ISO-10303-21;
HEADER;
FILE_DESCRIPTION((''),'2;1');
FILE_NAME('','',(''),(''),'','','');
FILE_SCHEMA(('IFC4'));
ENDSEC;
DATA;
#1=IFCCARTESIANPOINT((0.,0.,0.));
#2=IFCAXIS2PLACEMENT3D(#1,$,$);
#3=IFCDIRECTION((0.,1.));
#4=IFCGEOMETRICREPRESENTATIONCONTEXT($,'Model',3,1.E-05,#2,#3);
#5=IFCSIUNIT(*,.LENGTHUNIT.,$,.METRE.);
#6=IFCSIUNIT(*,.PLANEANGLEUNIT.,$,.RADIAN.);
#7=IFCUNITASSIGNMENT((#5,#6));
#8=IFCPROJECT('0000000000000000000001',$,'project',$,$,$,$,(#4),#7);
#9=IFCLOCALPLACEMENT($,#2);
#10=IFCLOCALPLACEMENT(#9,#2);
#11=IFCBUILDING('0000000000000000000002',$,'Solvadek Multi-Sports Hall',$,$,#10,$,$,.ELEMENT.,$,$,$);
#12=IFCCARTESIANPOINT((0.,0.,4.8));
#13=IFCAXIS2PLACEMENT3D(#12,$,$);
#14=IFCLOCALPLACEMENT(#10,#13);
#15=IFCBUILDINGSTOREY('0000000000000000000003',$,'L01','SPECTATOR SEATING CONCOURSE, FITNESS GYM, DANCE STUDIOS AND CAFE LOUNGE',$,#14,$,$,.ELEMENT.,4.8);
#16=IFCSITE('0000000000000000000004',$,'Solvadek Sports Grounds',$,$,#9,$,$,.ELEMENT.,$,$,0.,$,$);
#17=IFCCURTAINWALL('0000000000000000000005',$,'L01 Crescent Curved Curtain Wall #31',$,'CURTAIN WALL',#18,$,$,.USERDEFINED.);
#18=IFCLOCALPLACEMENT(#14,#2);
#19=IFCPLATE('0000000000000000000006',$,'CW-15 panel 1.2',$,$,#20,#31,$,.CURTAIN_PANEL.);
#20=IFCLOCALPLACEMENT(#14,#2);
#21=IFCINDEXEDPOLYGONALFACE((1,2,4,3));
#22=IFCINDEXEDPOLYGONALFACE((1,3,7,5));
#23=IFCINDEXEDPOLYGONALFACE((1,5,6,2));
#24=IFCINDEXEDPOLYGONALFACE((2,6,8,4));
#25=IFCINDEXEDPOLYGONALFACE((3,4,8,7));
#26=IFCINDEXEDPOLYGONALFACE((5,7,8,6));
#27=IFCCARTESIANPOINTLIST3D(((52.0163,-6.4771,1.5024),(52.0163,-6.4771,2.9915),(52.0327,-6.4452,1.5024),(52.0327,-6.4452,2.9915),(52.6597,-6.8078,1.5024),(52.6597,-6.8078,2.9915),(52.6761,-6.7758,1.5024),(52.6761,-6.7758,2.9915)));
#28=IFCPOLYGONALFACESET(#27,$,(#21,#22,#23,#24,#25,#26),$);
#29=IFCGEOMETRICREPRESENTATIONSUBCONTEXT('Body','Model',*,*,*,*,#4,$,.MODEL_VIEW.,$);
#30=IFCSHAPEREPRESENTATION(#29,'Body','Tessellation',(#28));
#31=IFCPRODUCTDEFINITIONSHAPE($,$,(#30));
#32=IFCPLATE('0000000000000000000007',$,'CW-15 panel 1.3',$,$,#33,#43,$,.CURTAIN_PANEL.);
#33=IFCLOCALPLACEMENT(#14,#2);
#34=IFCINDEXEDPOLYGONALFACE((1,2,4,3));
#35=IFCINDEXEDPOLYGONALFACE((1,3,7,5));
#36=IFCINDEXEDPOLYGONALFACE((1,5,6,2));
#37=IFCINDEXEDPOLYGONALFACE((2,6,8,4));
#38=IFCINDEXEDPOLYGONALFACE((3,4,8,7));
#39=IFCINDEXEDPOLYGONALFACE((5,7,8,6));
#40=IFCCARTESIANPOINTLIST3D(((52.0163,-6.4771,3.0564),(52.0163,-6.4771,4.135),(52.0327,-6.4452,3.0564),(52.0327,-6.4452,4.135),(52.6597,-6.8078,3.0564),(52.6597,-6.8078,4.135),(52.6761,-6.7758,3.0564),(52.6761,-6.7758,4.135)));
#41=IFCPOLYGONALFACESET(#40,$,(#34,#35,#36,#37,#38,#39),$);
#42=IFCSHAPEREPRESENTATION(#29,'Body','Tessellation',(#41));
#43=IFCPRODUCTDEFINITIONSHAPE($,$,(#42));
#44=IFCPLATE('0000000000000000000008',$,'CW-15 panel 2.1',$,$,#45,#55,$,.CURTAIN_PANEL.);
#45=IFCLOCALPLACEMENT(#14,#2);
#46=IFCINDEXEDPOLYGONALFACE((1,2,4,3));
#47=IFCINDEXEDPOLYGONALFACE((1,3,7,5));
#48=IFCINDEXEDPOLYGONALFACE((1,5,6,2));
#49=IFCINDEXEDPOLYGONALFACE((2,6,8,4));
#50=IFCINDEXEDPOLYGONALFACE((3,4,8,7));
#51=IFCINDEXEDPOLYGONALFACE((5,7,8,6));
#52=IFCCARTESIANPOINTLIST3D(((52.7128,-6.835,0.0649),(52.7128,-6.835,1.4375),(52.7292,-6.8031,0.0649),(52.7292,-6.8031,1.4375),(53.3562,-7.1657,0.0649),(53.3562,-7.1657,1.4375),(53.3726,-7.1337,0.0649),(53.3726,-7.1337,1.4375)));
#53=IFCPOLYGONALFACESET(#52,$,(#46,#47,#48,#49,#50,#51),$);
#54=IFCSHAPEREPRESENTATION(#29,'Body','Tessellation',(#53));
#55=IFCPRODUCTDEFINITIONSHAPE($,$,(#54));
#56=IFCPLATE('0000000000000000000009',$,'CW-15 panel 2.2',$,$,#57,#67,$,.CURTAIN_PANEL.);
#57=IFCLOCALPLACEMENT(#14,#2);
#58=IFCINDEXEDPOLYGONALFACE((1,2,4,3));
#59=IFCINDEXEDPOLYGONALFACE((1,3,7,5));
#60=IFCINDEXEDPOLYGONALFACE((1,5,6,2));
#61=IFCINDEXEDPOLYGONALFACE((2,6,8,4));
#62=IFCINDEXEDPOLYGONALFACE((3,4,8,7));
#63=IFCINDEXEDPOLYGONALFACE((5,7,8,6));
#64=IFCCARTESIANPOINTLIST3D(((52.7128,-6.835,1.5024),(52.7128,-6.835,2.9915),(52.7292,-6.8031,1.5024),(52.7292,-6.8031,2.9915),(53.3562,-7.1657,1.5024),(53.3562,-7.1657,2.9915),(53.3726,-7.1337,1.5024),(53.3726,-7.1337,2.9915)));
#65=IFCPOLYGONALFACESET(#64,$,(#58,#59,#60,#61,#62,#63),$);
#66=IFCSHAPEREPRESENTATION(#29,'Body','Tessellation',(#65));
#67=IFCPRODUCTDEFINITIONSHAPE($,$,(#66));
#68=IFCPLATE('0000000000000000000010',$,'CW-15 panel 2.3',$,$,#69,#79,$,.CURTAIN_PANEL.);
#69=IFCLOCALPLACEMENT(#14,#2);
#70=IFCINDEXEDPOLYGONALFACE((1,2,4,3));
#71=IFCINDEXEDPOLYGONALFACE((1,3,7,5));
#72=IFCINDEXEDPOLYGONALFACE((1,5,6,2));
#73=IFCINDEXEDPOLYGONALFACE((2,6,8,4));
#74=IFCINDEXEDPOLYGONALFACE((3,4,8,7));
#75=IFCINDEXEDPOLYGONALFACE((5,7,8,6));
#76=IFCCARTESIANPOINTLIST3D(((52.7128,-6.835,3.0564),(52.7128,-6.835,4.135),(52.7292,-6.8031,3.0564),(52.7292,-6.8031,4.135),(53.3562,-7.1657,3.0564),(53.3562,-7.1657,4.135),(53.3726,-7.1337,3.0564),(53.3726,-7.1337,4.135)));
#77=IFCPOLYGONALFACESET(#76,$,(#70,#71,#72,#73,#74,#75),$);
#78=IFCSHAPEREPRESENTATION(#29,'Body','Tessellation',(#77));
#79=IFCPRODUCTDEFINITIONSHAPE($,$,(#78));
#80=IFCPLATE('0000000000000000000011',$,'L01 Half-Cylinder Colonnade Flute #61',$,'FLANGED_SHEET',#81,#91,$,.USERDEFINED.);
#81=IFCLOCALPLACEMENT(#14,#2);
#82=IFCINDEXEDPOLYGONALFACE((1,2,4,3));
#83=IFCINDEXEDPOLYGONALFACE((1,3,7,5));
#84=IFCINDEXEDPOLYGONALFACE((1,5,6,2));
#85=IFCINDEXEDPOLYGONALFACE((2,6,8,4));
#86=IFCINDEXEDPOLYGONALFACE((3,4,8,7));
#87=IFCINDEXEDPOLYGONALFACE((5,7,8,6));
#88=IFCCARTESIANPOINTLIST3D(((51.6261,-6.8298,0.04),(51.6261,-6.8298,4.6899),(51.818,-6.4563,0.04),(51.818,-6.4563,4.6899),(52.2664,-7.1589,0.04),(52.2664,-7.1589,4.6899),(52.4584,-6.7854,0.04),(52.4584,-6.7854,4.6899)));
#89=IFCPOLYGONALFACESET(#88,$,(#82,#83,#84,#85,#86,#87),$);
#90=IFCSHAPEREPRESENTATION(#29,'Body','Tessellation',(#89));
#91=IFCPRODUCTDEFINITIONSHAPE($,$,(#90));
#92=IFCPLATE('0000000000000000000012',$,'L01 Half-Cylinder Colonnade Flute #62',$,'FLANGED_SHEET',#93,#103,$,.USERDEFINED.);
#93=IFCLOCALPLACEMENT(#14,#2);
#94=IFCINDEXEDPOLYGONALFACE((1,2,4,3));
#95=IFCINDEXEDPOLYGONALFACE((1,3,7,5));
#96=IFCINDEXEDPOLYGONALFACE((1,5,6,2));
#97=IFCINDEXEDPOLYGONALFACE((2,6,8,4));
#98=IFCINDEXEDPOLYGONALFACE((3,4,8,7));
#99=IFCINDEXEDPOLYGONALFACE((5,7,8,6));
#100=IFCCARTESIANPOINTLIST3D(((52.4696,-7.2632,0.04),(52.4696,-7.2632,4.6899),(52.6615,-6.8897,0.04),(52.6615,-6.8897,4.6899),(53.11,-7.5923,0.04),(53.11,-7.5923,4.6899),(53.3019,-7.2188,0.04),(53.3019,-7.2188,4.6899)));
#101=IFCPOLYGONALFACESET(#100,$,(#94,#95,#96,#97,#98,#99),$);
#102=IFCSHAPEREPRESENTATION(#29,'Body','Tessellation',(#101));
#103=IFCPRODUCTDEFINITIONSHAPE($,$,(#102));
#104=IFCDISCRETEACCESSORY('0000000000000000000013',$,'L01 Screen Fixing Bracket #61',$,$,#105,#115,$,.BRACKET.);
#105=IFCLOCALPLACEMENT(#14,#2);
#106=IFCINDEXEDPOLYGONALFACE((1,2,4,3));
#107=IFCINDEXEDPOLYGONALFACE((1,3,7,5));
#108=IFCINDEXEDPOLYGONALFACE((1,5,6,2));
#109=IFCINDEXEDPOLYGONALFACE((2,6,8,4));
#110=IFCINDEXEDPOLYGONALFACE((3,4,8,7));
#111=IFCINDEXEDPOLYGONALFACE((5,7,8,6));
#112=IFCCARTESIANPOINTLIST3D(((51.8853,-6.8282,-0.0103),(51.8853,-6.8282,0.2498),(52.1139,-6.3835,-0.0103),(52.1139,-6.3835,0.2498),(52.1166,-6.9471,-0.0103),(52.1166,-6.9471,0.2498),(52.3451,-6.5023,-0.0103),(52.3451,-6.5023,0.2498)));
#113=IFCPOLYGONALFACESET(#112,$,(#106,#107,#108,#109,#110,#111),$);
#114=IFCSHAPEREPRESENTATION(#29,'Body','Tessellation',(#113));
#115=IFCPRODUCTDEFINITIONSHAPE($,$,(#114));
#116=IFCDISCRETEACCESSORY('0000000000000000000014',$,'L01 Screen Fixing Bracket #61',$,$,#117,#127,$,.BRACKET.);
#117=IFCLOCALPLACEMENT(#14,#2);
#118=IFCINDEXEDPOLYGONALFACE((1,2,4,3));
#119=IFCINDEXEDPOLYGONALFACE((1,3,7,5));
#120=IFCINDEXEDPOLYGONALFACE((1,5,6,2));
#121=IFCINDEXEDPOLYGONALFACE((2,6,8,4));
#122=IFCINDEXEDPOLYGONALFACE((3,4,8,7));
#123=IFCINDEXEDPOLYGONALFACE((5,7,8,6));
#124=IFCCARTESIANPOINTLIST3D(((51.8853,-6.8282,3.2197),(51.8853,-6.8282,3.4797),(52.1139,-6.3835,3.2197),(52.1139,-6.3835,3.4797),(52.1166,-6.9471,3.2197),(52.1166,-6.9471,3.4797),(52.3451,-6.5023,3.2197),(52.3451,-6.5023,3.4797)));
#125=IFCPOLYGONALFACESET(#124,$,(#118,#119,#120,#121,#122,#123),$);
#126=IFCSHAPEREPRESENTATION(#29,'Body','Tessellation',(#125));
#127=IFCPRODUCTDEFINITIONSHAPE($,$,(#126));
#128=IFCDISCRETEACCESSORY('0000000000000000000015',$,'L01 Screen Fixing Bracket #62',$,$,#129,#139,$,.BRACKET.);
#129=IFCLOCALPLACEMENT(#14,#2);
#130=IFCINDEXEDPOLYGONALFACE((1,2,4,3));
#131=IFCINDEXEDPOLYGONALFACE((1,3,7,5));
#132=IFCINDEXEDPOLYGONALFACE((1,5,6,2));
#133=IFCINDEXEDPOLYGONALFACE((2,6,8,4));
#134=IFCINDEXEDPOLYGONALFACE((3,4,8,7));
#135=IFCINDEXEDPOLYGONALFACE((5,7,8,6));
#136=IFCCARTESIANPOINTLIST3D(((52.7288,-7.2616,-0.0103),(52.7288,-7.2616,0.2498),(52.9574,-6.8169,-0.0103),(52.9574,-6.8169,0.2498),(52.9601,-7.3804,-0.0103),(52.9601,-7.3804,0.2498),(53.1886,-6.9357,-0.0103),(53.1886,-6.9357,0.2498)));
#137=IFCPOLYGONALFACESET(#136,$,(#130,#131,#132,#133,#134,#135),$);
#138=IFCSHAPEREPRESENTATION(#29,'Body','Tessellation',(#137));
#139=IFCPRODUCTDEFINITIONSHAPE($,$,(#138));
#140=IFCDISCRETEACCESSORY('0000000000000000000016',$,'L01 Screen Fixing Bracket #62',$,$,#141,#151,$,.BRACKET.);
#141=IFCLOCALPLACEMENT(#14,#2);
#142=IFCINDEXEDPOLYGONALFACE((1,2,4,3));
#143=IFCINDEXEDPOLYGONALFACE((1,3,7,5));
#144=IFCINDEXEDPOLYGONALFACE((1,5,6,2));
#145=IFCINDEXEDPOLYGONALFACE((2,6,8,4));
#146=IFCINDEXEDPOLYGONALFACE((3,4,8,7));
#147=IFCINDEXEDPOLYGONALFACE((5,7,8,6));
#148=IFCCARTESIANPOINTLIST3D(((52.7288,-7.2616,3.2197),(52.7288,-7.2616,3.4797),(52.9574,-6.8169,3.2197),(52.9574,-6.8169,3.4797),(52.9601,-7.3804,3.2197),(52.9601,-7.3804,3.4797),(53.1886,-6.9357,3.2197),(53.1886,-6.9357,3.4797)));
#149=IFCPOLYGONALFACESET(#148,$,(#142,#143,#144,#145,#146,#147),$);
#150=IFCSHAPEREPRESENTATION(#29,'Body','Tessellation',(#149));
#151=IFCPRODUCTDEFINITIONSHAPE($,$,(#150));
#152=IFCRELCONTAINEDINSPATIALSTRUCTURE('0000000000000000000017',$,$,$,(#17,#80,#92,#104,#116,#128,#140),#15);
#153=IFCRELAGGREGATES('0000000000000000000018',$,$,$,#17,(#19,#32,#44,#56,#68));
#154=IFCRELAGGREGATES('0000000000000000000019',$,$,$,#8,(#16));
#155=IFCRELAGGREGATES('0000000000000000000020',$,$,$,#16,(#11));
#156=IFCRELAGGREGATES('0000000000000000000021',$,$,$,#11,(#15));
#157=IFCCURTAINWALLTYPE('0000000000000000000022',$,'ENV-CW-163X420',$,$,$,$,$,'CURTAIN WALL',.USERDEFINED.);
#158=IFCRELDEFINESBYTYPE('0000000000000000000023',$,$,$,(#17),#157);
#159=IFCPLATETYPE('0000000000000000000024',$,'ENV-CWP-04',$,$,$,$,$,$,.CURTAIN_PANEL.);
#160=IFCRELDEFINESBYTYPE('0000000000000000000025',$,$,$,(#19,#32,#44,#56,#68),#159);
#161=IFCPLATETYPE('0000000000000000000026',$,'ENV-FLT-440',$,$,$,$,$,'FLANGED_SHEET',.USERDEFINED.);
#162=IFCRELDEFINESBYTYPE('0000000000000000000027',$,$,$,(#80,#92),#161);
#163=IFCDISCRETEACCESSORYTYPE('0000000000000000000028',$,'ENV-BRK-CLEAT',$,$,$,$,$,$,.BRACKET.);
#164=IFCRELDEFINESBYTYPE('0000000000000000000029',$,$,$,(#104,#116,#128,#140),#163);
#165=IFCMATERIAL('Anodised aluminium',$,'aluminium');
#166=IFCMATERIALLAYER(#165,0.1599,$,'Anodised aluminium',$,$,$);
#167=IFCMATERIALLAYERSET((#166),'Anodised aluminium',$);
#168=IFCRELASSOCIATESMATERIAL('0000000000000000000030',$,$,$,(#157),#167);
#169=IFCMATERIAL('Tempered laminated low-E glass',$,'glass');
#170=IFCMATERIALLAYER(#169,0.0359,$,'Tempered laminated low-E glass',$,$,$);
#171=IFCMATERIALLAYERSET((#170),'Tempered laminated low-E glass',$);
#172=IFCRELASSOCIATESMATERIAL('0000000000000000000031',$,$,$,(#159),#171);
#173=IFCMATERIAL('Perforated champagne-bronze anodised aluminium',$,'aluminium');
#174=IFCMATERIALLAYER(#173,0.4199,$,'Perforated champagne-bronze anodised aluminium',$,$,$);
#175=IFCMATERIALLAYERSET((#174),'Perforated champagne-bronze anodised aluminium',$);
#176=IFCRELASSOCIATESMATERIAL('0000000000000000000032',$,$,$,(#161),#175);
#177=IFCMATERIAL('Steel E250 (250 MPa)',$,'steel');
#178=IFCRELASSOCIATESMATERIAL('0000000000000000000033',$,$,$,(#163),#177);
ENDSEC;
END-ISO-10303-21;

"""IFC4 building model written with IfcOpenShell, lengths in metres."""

from ifc_helpers import new_model, si_unit, direction, frame, origin, origin_2d, place, context, subcontext, project, spatial, rectangle, extrude, material, layer, layer_set, type_object, element, aggregate, save


model = new_model("IFC4")

# Units and contexts
model_context = context("Model", 3, precision=1e-05, world=origin(), true_north=direction((0.0, 1.0)))
body_context = subcontext(model_context, "Body", "Model", "MODEL_VIEW")
ifc_project = project(units=[si_unit("LENGTHUNIT", "METRE"), si_unit("PLANEANGLEUNIT", "RADIAN")], contexts=[model_context])

# Site, building, storey
site_placement = place(None, origin())
site = spatial("IfcSite", under=ifc_project, at=site_placement, Name="Solvadek Sports Grounds", CompositionType="ELEMENT", RefElevation=0.0)
building_placement = place(site_placement, origin())
building = spatial("IfcBuilding", under=site, at=building_placement, Name="Solvadek Multi-Sports Hall", CompositionType="ELEMENT")
storey_placement = place(building_placement, frame((0.0, 0.0, 4.8)))
storey = spatial("IfcBuildingStorey", under=building, at=storey_placement, Name="L01", Description="SPECTATOR SEATING CONCOURSE, FITNESS GYM, DANCE STUDIOS AND CAFE LOUNGE", CompositionType="ELEMENT", Elevation=4.8)

# Curtain wall
ifc_material_1 = material(Name="Anodised aluminium", Category="aluminium")
ifc_layer_1 = layer(ifc_material_1, 0.1599, Name="Anodised aluminium")
ifc_layer_set_1 = layer_set([ifc_layer_1], Name="Anodised aluminium")
curtain_wall_type_1 = type_object("IfcCurtainWallType", Name="ENV-CW-163X420", ElementType="CURTAIN WALL", PredefinedType="USERDEFINED", material=ifc_layer_set_1)
curtain_wall_1_placement = place(storey_placement, origin())
curtain_wall_1 = element("IfcCurtainWall", 1, at=curtain_wall_1_placement, inside=storey, type_object=curtain_wall_type_1, Name="L01 Crescent Curved Curtain Wall #31", ObjectType="CURTAIN WALL", PredefinedType="USERDEFINED")

# Plates
ifc_material_2 = material(Name="Tempered laminated low-E glass", Category="glass")
ifc_layer_2 = layer(ifc_material_2, 0.0359, Name="Tempered laminated low-E glass")
ifc_layer_set_2 = layer_set([ifc_layer_2], Name="Tempered laminated low-E glass")
plate_type_1 = type_object("IfcPlateType", Name="ENV-CWP-04", PredefinedType="CURTAIN_PANEL", material=ifc_layer_set_2)
plate_1_placement = place(storey_placement, frame((52.3462, -6.6265, 1.5024), z_axis=(0.0, 0.0, 1.0), x_axis=(0.889417, -0.457097, 0.0)))
plate_1 = element("IfcPlate", 2, at=plate_1_placement, type_object=plate_type_1, Name="CW-15 panel 1.2", PredefinedType="CURTAIN_PANEL", context=body_context, shape_type="SweptSolid", body=[
    extrude(rectangle(XDim=0.7234, YDim=0.0359, at=origin_2d()), origin(), (0.0, 0.0, 1.0), 1.489),
])
plate_2_placement = place(storey_placement, frame((52.3462, -6.6265, 3.0564), z_axis=(0.0, 0.0, 1.0), x_axis=(0.889417, -0.457097, 0.0)))
plate_2 = element("IfcPlate", 3, at=plate_2_placement, type_object=plate_type_1, Name="CW-15 panel 1.3", PredefinedType="CURTAIN_PANEL", context=body_context, shape_type="SweptSolid", body=[
    extrude(rectangle(XDim=0.7234, YDim=0.0359, at=origin_2d()), origin(), (0.0, 0.0, 1.0), 1.0786),
])
plate_3_placement = place(storey_placement, frame((53.0427, -6.9844, 0.0649), z_axis=(0.0, 0.0, 1.0), x_axis=(0.889417, -0.457097, 0.0)))
plate_3 = element("IfcPlate", 4, at=plate_3_placement, type_object=plate_type_1, Name="CW-15 panel 2.1", PredefinedType="CURTAIN_PANEL", context=body_context, shape_type="SweptSolid", body=[
    extrude(rectangle(XDim=0.7234, YDim=0.0359, at=origin_2d()), origin(), (0.0, 0.0, 1.0), 1.3726),
])
plate_4_placement = place(storey_placement, frame((53.0427, -6.9844, 1.5024), z_axis=(0.0, 0.0, 1.0), x_axis=(0.889417, -0.457097, 0.0)))
plate_4 = element("IfcPlate", 5, at=plate_4_placement, type_object=plate_type_1, Name="CW-15 panel 2.2", PredefinedType="CURTAIN_PANEL", context=body_context, shape_type="SweptSolid", body=[
    extrude(rectangle(XDim=0.7234, YDim=0.0359, at=origin_2d()), origin(), (0.0, 0.0, 1.0), 1.489),
])
plate_5_placement = place(storey_placement, frame((53.0427, -6.9844, 3.0564), z_axis=(0.0, 0.0, 1.0), x_axis=(0.889417, -0.457097, 0.0)))
plate_5 = element("IfcPlate", 6, at=plate_5_placement, type_object=plate_type_1, Name="CW-15 panel 2.3", PredefinedType="CURTAIN_PANEL", context=body_context, shape_type="SweptSolid", body=[
    extrude(rectangle(XDim=0.7234, YDim=0.0359, at=origin_2d()), origin(), (0.0, 0.0, 1.0), 1.0786),
])
aggregate(curtain_wall_1, [plate_1, plate_2, plate_3, plate_4, plate_5])

# Plates
ifc_material_3 = material(Name="Perforated champagne-bronze anodised aluminium", Category="aluminium")
ifc_layer_3 = layer(ifc_material_3, 0.4199, Name="Perforated champagne-bronze anodised aluminium")
ifc_layer_set_3 = layer_set([ifc_layer_3], Name="Perforated champagne-bronze anodised aluminium")
plate_type_2 = type_object("IfcPlateType", Name="ENV-FLT-440", ElementType="FLANGED_SHEET", PredefinedType="USERDEFINED", material=ifc_layer_set_3)
for number, where, z_axis, x_axis, name in (
    (7, (52.0422, -6.8076, 0.04), (0.0, 0.0, 1.0), (0.889427, -0.457078, 0.0), "L01 Half-Cylinder Colonnade Flute #61"),
    (8, (52.8857, -7.241, 0.04), (0.0, 0.0, 1.0), (0.889427, -0.457078, 0.0), "L01 Half-Cylinder Colonnade Flute #62"),
):
    element("IfcPlate", number, at=place(storey_placement, frame(where, z_axis=z_axis, x_axis=x_axis)), inside=storey, type_object=plate_type_2, Name=name, ObjectType="FLANGED_SHEET", PredefinedType="USERDEFINED", context=body_context, shape_type="SweptSolid", body=[
        extrude(rectangle(XDim=0.72, YDim=0.4199, at=origin_2d()), origin(), (0.0, 0.0, 1.0), 4.6499),
    ])

# Discrete accessories
ifc_material_4 = material(Name="Steel E250 (250 MPa)", Category="steel")
discrete_accessory_type = type_object("IfcDiscreteAccessoryType", Name="ENV-BRK-CLEAT", PredefinedType="BRACKET", material=ifc_material_4)
for number, where, z_axis, x_axis, name in (
    (9, (52.1152, -6.6653, -0.0103), (0.0, 0.0, 1.0), (0.889427, -0.457078, 0.0), "L01 Screen Fixing Bracket #61"),
    (10, (52.1152, -6.6653, 3.2197), (0.0, 0.0, 1.0), (0.889427, -0.457078, 0.0), "L01 Screen Fixing Bracket #61"),
    (11, (52.9587, -7.0986, -0.0103), (0.0, 0.0, 1.0), (0.889427, -0.457078, 0.0), "L01 Screen Fixing Bracket #62"),
    (12, (52.9587, -7.0986, 3.2197), (0.0, 0.0, 1.0), (0.889427, -0.457078, 0.0), "L01 Screen Fixing Bracket #62"),
):
    element("IfcDiscreteAccessory", number, at=place(storey_placement, frame(where, z_axis=z_axis, x_axis=x_axis)), inside=storey, type_object=discrete_accessory_type, Name=name, PredefinedType="BRACKET", context=body_context, shape_type="SweptSolid", body=[
        extrude(rectangle(XDim=0.26, YDim=0.5, at=origin_2d()), origin(), (0.0, 0.0, 1.0), 0.26),
    ])

save(model, "model.ifc")
